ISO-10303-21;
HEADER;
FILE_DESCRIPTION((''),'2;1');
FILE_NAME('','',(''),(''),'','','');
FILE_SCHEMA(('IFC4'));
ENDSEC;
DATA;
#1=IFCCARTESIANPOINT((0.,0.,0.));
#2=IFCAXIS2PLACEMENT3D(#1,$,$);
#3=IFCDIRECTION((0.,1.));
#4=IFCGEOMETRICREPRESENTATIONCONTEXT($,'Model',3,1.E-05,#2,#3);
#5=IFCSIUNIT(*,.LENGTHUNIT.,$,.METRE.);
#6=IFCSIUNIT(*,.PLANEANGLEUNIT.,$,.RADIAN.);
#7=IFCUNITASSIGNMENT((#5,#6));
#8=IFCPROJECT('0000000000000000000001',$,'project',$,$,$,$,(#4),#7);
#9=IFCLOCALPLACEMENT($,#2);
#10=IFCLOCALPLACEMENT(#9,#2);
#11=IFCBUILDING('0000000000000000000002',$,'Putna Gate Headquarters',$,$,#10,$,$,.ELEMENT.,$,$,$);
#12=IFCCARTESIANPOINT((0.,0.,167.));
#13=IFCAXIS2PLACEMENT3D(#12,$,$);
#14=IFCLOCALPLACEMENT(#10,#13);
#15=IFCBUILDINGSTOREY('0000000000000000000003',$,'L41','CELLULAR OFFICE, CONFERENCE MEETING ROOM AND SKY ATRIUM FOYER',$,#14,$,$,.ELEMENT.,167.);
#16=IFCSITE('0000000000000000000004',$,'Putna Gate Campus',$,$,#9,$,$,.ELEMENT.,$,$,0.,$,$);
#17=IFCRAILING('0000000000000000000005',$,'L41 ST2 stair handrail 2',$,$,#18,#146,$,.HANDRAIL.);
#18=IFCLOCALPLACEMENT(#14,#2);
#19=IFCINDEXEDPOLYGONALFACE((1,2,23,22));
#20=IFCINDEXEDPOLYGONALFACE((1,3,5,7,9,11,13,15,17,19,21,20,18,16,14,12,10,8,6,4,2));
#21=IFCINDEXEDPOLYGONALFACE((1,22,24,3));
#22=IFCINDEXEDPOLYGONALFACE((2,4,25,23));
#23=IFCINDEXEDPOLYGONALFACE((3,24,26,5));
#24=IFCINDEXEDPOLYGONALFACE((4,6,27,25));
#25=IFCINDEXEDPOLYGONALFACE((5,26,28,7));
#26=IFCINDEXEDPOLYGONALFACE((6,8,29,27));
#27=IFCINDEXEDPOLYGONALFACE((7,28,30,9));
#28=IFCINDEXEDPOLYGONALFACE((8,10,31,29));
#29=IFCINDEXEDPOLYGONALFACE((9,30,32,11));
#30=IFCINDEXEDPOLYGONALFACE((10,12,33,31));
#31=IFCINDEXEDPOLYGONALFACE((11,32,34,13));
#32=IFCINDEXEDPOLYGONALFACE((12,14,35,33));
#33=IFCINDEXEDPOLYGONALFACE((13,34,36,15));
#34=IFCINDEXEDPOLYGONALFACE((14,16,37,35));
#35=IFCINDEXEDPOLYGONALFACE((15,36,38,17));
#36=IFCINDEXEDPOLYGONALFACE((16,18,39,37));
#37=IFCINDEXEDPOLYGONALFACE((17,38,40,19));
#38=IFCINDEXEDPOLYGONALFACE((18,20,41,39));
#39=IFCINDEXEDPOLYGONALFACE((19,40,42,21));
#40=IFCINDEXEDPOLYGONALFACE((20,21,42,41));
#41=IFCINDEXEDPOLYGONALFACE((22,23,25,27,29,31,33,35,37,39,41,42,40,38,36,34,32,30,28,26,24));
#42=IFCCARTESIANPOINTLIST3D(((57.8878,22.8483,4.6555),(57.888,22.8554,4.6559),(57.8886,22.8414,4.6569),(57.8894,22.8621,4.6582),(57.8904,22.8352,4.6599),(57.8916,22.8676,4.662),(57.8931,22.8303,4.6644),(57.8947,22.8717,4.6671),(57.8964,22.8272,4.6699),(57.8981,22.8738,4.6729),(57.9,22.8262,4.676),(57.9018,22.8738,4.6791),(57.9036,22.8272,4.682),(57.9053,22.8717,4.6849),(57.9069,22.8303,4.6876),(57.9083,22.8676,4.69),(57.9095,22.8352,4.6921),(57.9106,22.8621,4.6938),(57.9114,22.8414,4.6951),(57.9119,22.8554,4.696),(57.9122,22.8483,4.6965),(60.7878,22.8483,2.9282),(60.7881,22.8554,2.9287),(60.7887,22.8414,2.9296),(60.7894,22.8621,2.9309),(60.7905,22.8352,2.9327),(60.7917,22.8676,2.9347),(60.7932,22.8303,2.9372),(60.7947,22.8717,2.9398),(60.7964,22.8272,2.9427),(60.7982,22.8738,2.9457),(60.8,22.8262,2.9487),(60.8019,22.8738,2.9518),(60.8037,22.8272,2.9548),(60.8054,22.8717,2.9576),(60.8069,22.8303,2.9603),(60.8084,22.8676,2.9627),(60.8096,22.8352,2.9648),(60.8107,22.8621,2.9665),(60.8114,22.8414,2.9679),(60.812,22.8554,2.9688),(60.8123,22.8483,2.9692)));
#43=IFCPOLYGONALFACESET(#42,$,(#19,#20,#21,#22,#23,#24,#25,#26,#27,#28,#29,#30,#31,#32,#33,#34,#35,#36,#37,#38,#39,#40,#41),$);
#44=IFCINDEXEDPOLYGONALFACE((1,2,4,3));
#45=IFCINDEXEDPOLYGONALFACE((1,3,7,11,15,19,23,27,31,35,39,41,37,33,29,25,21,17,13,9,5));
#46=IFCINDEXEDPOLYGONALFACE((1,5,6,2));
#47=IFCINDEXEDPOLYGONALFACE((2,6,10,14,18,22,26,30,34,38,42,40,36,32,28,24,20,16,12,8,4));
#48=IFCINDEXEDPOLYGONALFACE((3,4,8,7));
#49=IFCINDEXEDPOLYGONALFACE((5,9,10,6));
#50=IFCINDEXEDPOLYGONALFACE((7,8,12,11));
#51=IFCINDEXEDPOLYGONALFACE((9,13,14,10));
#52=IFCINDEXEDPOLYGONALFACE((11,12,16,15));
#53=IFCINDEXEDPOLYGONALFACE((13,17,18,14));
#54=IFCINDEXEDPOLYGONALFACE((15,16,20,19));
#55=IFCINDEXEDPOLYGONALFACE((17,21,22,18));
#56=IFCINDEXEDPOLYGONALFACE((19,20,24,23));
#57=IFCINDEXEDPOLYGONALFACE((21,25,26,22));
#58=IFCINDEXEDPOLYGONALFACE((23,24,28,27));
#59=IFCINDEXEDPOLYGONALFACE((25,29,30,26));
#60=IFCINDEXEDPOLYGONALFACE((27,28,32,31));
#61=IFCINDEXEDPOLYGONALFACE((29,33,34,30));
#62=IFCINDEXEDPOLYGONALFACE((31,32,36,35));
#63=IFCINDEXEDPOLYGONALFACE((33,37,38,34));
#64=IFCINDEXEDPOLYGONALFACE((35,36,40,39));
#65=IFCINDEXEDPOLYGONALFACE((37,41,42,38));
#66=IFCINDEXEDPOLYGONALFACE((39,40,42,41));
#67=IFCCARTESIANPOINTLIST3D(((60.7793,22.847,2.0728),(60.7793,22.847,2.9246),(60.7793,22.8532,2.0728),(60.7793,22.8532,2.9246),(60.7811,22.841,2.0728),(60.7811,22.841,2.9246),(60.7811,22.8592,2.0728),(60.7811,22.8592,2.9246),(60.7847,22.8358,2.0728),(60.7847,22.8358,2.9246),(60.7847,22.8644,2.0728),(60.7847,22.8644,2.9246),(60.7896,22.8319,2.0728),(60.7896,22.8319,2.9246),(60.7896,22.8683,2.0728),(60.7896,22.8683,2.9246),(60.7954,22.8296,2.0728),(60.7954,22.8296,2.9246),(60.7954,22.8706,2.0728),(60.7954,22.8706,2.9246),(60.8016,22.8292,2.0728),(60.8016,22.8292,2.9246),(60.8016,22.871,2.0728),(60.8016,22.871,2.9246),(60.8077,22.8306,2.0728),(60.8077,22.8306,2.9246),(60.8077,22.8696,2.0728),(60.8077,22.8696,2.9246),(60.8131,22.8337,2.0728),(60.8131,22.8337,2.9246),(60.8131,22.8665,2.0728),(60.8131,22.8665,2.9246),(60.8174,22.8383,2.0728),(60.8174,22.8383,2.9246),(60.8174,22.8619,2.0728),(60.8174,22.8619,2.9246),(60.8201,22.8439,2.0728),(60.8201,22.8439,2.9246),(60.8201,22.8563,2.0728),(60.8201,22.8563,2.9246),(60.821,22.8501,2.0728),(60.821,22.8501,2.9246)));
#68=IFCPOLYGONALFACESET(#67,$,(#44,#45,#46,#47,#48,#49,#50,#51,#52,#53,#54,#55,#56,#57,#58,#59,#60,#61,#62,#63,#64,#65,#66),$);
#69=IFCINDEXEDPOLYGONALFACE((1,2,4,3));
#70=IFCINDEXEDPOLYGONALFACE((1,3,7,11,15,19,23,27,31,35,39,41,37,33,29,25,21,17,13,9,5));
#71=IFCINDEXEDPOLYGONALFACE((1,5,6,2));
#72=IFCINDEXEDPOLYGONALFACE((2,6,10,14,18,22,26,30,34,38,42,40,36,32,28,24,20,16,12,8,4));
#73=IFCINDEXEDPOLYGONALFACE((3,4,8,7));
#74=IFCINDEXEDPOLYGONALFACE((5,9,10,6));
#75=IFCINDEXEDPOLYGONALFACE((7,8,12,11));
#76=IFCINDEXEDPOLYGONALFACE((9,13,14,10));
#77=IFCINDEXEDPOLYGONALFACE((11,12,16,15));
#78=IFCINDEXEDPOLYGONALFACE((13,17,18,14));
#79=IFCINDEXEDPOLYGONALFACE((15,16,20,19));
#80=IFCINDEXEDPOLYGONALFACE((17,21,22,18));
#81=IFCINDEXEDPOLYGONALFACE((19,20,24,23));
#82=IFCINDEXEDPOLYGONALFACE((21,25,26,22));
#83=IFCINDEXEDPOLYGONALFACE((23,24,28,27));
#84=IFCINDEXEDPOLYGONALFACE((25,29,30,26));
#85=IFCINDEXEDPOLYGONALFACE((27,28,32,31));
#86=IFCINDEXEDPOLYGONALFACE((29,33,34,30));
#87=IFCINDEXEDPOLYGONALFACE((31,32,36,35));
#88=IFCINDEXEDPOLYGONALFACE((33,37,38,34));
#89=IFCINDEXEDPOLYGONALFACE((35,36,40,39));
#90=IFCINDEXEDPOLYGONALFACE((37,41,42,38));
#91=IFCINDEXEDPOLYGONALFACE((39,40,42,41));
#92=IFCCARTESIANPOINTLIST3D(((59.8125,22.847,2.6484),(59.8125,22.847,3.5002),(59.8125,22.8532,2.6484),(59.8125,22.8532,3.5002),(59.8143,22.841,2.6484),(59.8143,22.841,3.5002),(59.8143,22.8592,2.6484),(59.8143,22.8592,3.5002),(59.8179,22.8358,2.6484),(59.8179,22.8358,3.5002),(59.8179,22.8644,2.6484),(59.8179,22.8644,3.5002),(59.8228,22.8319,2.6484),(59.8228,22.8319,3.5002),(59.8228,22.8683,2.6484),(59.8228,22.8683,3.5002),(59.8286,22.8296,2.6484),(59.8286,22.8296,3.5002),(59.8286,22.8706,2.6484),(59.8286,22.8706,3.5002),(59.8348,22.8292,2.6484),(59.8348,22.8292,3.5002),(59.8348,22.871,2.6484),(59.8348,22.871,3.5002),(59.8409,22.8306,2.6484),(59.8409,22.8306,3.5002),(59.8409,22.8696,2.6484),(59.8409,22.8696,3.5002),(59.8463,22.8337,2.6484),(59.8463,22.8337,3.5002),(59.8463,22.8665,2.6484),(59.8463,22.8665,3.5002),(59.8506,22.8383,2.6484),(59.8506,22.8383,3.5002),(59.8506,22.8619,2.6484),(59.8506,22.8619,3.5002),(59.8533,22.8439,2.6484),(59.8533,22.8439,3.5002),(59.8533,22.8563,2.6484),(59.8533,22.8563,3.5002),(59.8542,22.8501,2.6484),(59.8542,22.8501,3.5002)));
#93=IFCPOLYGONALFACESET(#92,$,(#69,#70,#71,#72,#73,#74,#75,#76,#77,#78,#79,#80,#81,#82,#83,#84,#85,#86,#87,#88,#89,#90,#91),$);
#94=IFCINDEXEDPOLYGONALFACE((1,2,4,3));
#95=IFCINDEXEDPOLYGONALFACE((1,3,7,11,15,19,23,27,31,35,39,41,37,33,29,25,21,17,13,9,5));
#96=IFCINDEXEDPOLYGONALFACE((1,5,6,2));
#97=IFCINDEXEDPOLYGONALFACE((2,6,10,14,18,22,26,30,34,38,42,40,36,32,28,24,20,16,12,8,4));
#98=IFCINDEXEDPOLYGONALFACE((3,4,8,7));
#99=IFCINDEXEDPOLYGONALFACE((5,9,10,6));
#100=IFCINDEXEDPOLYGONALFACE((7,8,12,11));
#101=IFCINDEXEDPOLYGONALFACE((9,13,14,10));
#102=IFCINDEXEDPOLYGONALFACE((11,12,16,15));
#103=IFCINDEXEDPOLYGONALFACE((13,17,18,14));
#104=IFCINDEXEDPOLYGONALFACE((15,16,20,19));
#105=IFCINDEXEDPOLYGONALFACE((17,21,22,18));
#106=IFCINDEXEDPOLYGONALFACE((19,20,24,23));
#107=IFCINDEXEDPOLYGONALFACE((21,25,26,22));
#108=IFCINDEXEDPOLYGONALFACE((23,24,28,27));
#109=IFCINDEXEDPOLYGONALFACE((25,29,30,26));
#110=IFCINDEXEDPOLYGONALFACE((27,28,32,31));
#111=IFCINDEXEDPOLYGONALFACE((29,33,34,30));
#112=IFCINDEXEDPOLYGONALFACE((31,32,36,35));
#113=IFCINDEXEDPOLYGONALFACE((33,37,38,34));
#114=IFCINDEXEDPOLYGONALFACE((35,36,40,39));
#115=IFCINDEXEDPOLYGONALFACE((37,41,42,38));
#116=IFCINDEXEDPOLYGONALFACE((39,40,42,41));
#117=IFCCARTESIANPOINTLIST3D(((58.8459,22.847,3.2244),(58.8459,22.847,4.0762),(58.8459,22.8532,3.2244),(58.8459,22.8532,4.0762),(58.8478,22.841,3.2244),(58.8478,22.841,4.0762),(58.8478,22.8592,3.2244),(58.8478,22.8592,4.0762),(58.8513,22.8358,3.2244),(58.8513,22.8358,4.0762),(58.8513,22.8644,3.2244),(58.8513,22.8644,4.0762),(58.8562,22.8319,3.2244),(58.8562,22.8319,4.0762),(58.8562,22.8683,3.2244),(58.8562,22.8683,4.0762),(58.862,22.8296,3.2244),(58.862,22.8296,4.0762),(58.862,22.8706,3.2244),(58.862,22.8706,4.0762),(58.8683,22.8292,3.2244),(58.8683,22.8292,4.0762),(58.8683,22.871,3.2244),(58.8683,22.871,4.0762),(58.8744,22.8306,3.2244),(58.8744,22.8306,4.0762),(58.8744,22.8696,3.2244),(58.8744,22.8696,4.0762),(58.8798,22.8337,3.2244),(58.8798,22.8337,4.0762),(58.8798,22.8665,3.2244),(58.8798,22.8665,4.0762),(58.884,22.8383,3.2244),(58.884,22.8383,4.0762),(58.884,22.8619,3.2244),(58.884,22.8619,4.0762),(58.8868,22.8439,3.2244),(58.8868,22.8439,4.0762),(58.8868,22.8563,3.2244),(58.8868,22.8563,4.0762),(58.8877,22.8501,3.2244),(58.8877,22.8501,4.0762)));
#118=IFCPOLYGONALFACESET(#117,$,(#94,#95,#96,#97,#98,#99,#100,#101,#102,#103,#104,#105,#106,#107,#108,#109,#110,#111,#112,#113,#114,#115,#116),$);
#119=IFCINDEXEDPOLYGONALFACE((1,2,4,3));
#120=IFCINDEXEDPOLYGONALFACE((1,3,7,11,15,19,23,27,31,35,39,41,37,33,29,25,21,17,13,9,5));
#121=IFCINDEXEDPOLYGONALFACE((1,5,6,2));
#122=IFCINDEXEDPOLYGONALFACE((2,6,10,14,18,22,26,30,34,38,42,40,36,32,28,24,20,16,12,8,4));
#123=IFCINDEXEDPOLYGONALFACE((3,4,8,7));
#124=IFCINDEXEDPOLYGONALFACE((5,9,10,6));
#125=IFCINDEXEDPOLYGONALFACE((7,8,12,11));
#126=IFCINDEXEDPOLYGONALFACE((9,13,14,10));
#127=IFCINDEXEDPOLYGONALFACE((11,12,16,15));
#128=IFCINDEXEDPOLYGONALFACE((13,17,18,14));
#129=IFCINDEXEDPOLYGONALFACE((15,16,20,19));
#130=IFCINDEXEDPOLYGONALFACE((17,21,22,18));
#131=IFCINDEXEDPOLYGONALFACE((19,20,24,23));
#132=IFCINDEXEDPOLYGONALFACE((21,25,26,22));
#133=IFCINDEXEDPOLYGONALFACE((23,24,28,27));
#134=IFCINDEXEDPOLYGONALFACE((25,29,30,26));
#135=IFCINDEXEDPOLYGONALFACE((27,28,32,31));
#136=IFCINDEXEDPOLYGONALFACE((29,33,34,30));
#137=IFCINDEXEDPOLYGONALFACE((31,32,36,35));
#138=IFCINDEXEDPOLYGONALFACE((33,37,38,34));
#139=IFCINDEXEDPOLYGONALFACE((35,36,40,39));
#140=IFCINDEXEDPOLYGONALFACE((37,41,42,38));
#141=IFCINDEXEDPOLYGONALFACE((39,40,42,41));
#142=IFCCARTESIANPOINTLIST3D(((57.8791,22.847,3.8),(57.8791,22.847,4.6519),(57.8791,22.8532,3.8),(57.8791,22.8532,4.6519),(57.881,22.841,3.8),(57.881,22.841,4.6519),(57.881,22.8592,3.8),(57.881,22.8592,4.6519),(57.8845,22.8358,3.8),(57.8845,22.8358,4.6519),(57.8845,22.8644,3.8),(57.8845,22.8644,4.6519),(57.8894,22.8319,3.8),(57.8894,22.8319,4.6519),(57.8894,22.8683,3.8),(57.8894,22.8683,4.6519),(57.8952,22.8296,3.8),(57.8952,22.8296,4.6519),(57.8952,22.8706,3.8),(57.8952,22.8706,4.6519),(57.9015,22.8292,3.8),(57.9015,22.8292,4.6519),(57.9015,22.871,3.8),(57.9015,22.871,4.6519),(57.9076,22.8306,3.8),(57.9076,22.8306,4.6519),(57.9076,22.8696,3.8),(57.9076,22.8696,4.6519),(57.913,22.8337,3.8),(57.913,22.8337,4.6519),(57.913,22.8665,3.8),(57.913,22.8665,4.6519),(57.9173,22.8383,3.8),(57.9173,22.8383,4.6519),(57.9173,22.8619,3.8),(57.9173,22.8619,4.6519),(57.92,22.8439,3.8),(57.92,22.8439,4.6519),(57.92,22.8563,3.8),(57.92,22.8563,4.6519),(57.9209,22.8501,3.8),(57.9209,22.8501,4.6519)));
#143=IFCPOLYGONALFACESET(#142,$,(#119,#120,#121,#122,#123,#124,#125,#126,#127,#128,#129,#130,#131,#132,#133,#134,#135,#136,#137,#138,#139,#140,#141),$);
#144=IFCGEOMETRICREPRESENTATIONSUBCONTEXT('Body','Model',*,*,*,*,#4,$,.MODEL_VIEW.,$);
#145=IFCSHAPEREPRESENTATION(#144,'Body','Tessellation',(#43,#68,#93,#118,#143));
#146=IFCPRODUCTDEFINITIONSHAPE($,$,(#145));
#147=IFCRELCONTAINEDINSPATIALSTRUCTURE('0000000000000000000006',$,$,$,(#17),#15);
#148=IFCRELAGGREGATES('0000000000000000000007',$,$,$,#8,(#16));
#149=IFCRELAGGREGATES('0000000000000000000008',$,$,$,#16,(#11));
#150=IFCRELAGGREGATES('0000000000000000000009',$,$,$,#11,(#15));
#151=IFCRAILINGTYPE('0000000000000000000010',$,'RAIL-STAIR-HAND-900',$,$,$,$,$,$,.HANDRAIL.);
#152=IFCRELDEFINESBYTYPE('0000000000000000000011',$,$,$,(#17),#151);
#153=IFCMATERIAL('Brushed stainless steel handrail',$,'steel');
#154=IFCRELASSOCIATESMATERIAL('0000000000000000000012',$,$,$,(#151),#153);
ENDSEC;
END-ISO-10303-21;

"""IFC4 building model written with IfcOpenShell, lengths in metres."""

from ifc_helpers import new_model, si_unit, direction, frame, origin, origin_2d, place, context, subcontext, project, spatial, circle, extrude, material, type_object, element, save


model = new_model("IFC4")

# Units and contexts
model_context = context("Model", 3, precision=1e-05, world=origin(), true_north=direction((0.0, 1.0)))
body_context = subcontext(model_context, "Body", "Model", "MODEL_VIEW")
ifc_project = project(units=[si_unit("LENGTHUNIT", "METRE"), si_unit("PLANEANGLEUNIT", "RADIAN")], contexts=[model_context])

# Site, building, storey
site_placement = place(None, origin())
site = spatial("IfcSite", under=ifc_project, at=site_placement, Name="Putna Gate Campus", CompositionType="ELEMENT", RefElevation=0.0)
building_placement = place(site_placement, origin())
building = spatial("IfcBuilding", under=site, at=building_placement, Name="Putna Gate Headquarters", CompositionType="ELEMENT")
storey_placement = place(building_placement, frame((0.0, 0.0, 167.0)))
storey = spatial("IfcBuildingStorey", under=building, at=storey_placement, Name="L41", Description="CELLULAR OFFICE, CONFERENCE MEETING ROOM AND SKY ATRIUM FOYER", CompositionType="ELEMENT", Elevation=167.0)

# Railing
ifc_material_1 = material(Name="Brushed stainless steel handrail", Category="steel")
railing_type_1 = type_object("IfcRailingType", Name="RAIL-STAIR-HAND-900", PredefinedType="HANDRAIL", material=ifc_material_1)
railing_1_placement = place(storey_placement, frame((60.8, 22.8501, 2.0728)))
element("IfcRailing", 1, at=railing_1_placement, inside=storey, type_object=railing_type_1, Name="L41 ST2 stair handrail 2", PredefinedType="HANDRAIL", context=body_context, shape_type="SweptSolid", body=[
    extrude(circle(Radius=0.0239, at=origin_2d()), frame((0.0, 0.0, 0.876), z_axis=(-0.85916, 0.0, 0.511706), x_axis=(0.0, -1.0, 0.0)), (0.0, 0.0, 1.0), 3.3755),
    extrude(circle(Radius=0.021, at=origin_2d()), origin(), (0.0, 0.0, 1.0), 0.8518),
    extrude(circle(Radius=0.021, at=origin_2d()), frame((-0.9668, 0.0, 0.5757)), (0.0, 0.0, 1.0), 0.8518),
    extrude(circle(Radius=0.021, at=origin_2d()), frame((-1.9333, 0.0, 1.1516)), (0.0, 0.0, 1.0), 0.8518),
    extrude(circle(Radius=0.021, at=origin_2d()), frame((-2.9001, 0.0, 1.7273)), (0.0, 0.0, 1.0), 0.8518),
])

save(model, "model.ifc")
